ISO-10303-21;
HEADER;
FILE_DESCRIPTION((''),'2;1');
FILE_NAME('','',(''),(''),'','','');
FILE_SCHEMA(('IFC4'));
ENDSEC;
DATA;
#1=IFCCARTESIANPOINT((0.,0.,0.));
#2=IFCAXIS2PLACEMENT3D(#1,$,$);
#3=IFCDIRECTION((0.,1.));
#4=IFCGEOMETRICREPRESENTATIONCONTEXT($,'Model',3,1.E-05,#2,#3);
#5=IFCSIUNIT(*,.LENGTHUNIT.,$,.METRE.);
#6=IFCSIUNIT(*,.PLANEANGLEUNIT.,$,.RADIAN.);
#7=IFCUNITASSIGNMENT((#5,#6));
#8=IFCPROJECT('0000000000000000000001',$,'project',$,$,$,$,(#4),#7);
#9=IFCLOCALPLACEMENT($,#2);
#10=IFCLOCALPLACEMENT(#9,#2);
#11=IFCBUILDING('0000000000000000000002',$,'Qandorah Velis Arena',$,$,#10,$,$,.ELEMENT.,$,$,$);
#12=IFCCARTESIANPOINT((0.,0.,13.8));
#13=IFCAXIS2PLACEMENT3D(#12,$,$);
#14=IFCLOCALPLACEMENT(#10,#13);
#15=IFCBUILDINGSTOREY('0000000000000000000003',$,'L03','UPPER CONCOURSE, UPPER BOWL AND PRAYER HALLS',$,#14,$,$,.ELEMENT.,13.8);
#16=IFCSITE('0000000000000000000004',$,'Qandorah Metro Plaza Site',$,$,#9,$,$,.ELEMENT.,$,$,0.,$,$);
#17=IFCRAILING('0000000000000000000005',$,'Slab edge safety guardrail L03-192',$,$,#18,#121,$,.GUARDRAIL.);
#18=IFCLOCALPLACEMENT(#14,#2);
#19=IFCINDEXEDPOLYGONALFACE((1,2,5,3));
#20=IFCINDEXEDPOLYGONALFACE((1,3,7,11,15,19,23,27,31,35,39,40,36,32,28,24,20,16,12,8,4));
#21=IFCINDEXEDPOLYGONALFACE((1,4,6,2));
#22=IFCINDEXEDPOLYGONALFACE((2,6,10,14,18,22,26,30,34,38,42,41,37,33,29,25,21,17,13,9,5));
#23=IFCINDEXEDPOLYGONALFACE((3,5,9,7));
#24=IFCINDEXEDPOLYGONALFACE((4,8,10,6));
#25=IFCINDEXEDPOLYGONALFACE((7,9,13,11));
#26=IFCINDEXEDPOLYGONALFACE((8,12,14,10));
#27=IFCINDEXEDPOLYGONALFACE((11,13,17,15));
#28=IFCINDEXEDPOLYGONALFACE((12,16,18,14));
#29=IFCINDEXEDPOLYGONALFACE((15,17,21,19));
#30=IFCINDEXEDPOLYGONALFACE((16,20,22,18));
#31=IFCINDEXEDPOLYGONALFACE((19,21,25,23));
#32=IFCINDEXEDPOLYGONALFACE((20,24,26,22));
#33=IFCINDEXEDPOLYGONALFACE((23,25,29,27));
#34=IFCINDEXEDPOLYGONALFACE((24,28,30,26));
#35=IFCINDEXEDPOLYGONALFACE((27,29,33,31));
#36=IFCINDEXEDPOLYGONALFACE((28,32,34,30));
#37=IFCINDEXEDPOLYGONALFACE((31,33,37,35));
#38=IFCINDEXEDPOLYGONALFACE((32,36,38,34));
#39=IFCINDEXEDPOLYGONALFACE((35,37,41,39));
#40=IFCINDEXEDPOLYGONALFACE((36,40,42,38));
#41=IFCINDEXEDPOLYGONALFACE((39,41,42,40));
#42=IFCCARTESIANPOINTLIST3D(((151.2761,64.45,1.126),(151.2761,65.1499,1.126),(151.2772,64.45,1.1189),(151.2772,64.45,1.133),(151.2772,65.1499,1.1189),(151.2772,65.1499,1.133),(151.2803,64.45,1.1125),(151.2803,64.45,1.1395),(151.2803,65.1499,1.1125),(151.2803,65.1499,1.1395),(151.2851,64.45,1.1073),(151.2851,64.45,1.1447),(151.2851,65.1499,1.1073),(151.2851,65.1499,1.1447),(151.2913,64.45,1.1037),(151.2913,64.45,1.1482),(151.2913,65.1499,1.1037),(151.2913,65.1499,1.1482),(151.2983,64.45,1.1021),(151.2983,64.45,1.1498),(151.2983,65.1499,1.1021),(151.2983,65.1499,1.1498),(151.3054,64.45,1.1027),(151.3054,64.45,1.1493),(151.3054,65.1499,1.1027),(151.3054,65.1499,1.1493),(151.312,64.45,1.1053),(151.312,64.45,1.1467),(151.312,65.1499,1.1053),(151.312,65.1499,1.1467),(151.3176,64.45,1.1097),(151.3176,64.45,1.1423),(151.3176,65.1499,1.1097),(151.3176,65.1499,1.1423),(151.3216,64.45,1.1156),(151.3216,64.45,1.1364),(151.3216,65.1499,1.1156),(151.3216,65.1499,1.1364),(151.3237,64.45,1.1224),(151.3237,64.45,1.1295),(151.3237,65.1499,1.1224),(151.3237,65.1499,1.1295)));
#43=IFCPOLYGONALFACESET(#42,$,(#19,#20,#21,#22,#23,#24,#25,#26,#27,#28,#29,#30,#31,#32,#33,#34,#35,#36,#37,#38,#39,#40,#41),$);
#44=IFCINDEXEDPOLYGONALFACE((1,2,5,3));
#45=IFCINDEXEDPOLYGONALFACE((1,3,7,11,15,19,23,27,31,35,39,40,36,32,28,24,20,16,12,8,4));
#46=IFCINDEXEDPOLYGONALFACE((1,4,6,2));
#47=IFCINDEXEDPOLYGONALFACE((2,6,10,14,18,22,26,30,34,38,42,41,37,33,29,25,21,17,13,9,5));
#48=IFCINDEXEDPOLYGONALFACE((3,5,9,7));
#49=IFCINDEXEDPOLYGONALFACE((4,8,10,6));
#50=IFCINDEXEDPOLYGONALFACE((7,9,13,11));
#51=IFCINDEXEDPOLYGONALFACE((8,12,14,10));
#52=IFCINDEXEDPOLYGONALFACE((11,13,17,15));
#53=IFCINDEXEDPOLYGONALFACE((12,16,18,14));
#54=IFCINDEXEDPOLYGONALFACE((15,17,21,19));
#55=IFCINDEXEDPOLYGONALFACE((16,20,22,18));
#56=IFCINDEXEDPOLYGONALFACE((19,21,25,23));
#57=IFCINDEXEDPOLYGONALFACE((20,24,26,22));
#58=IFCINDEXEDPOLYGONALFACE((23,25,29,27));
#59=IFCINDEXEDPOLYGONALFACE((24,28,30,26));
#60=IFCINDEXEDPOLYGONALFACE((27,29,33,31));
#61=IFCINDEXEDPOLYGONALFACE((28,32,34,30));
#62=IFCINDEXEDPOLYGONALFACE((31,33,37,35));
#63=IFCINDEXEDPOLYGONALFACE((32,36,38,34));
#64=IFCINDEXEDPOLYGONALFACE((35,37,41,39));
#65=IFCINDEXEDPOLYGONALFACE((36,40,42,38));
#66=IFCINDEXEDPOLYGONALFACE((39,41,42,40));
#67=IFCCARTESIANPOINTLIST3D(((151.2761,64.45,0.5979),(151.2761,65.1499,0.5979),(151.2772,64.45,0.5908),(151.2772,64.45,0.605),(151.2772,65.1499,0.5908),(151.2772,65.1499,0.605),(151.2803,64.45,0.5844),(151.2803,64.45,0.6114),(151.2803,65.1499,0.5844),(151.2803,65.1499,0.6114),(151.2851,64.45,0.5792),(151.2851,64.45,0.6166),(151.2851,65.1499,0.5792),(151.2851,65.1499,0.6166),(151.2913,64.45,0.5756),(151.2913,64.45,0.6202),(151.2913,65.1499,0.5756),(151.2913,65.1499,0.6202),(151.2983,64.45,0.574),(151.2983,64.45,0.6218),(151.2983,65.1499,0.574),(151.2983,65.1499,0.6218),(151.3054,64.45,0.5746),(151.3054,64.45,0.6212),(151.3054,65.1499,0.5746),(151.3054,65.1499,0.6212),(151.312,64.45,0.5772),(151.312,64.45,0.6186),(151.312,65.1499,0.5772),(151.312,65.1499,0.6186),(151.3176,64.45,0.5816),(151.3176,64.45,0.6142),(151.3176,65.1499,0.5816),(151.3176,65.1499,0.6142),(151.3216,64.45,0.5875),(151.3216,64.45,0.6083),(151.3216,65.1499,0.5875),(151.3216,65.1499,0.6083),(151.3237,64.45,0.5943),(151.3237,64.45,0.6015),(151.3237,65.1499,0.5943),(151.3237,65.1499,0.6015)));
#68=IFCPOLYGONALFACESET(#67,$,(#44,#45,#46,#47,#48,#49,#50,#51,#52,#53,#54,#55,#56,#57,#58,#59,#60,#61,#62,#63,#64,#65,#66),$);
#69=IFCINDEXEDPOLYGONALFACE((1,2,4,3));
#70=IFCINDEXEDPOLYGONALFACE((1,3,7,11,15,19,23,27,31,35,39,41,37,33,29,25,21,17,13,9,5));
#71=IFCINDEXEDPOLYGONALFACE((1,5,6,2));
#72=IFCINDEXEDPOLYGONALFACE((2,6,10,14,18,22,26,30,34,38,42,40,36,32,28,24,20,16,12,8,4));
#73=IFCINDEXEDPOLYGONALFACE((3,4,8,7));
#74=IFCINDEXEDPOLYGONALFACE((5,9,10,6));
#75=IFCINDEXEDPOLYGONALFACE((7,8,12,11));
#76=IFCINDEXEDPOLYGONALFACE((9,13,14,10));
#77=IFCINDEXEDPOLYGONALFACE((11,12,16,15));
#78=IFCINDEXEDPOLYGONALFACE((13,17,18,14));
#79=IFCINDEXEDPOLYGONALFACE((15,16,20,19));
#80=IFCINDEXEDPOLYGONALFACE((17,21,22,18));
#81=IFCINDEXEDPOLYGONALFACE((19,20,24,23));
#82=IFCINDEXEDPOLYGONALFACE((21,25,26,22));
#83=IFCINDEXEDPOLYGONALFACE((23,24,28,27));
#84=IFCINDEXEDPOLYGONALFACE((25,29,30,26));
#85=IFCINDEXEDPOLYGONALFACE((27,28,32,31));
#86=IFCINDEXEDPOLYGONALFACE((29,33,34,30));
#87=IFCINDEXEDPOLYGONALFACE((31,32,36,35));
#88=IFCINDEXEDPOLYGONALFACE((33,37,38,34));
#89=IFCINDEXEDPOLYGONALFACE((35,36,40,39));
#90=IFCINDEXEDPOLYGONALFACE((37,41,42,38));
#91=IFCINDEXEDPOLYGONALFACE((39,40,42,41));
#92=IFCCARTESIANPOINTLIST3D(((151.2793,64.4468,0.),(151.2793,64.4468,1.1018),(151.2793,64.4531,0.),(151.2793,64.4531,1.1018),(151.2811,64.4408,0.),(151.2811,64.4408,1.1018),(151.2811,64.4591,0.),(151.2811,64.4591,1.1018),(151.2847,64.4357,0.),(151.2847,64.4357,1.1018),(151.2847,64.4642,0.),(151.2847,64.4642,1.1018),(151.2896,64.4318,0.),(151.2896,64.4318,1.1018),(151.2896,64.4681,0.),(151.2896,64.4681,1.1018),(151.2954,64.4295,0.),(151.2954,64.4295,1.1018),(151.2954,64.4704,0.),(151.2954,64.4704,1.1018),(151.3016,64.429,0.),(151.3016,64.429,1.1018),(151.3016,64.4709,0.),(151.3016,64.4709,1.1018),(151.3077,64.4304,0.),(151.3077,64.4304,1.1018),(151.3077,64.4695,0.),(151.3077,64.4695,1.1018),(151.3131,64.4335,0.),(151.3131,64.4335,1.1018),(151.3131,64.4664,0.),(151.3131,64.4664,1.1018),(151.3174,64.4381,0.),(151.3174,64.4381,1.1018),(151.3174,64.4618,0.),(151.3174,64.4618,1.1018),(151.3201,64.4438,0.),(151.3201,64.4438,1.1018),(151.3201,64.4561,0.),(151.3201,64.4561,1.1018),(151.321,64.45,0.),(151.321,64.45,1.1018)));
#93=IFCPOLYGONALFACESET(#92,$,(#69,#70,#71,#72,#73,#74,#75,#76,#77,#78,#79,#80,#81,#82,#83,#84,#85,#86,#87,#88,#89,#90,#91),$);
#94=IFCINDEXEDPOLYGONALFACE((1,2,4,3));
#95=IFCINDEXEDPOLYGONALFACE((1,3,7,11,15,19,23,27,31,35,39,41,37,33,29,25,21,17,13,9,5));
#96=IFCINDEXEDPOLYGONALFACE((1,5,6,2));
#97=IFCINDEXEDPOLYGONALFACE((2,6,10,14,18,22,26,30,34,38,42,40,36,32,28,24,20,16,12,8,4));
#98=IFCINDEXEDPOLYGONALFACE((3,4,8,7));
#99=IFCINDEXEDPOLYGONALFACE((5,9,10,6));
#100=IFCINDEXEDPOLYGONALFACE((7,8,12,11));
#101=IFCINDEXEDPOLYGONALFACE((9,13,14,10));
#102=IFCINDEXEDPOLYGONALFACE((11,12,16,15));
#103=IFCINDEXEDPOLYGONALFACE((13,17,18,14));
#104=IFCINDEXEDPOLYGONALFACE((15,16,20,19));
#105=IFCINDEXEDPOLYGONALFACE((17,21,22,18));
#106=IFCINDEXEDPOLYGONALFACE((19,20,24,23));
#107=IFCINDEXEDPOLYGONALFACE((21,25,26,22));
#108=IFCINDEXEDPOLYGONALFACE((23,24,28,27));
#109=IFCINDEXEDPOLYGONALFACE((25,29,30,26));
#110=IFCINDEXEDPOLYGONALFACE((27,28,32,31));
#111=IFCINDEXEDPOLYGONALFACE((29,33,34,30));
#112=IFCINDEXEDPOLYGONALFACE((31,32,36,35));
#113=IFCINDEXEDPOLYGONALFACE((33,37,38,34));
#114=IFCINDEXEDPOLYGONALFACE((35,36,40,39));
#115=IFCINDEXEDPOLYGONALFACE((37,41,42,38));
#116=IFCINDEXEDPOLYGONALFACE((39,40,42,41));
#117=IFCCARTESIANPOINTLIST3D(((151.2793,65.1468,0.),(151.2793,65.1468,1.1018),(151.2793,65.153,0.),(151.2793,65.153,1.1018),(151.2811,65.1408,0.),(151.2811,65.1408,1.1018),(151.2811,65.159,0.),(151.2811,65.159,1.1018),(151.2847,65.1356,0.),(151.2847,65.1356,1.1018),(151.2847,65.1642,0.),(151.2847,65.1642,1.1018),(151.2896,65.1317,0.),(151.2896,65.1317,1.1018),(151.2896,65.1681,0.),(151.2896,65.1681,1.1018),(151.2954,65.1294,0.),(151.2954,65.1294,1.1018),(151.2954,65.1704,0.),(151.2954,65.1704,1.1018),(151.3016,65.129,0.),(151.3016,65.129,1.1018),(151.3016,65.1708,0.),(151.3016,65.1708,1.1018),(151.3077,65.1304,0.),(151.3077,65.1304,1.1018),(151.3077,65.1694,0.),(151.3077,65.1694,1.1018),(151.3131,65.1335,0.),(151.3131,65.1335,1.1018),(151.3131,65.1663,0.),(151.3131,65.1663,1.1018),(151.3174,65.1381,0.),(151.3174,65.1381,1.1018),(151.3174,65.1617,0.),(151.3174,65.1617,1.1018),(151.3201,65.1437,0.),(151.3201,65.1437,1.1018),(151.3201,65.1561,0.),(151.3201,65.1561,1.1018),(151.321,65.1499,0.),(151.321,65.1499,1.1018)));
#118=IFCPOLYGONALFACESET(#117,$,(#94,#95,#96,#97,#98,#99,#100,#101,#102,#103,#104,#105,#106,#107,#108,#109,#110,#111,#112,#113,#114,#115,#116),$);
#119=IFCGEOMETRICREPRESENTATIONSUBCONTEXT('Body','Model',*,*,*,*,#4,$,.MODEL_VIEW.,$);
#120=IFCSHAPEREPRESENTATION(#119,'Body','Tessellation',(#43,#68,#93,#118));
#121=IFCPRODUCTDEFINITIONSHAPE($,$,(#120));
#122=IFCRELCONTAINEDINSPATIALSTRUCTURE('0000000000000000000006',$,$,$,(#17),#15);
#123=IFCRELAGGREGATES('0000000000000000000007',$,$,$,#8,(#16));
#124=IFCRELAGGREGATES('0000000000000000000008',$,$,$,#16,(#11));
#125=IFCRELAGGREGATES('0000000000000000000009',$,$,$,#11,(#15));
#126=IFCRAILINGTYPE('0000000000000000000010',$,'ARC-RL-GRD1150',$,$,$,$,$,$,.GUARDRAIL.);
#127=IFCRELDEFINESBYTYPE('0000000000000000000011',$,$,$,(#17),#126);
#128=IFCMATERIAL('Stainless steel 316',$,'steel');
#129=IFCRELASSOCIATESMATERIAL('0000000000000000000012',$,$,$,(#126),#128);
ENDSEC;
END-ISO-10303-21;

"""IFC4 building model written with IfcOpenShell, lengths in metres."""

from ifc_helpers import new_model, si_unit, direction, frame, origin, origin_2d, place, context, subcontext, project, spatial, circle, extrude, material, type_object, element, save


model = new_model("IFC4")

# Units and contexts
model_context = context("Model", 3, precision=1e-05, world=origin(), true_north=direction((0.0, 1.0)))
body_context = subcontext(model_context, "Body", "Model", "MODEL_VIEW")
ifc_project = project(units=[si_unit("LENGTHUNIT", "METRE"), si_unit("PLANEANGLEUNIT", "RADIAN")], contexts=[model_context])

# Site, building, storey
site_placement = place(None, origin())
site = spatial("IfcSite", under=ifc_project, at=site_placement, Name="Qandorah Metro Plaza Site", CompositionType="ELEMENT", RefElevation=0.0)
building_placement = place(site_placement, origin())
building = spatial("IfcBuilding", under=site, at=building_placement, Name="Qandorah Velis Arena", CompositionType="ELEMENT")
storey_placement = place(building_placement, frame((0.0, 0.0, 13.8)))
storey = spatial("IfcBuildingStorey", under=building, at=storey_placement, Name="L03", Description="UPPER CONCOURSE, UPPER BOWL AND PRAYER HALLS", CompositionType="ELEMENT", Elevation=13.8)

# Railing
ifc_material_1 = material(Name="Stainless steel 316", Category="steel")
railing_type = type_object("IfcRailingType", Name="ARC-RL-GRD1150", PredefinedType="GUARDRAIL", material=ifc_material_1)
railing_placement = place(storey_placement, frame((151.3, 64.45, 0.0)))
element("IfcRailing", 1, at=railing_placement, inside=storey, type_object=railing_type, Name="Slab edge safety guardrail L03-192", PredefinedType="GUARDRAIL", context=body_context, shape_type="SweptSolid", body=[
    extrude(circle(Radius=0.0239, at=origin_2d()), frame((0.0, 0.0, 1.126), z_axis=(0.0, 1.0, 0.0), x_axis=(-1.0, 0.0, 0.0)), (0.0, 0.0, 1.0), 0.7),
    extrude(circle(Radius=0.0239, at=origin_2d()), frame((0.0, 0.0, 0.5979), z_axis=(0.0, 1.0, 0.0), x_axis=(-1.0, 0.0, 0.0)), (0.0, 0.0, 1.0), 0.7),
    extrude(circle(Radius=0.021, at=origin_2d()), origin(), (0.0, 0.0, 1.0), 1.1018),
    extrude(circle(Radius=0.021, at=origin_2d()), frame((0.0, 0.7, 0.0)), (0.0, 0.0, 1.0), 1.1018),
])

save(model, "model.ifc")
